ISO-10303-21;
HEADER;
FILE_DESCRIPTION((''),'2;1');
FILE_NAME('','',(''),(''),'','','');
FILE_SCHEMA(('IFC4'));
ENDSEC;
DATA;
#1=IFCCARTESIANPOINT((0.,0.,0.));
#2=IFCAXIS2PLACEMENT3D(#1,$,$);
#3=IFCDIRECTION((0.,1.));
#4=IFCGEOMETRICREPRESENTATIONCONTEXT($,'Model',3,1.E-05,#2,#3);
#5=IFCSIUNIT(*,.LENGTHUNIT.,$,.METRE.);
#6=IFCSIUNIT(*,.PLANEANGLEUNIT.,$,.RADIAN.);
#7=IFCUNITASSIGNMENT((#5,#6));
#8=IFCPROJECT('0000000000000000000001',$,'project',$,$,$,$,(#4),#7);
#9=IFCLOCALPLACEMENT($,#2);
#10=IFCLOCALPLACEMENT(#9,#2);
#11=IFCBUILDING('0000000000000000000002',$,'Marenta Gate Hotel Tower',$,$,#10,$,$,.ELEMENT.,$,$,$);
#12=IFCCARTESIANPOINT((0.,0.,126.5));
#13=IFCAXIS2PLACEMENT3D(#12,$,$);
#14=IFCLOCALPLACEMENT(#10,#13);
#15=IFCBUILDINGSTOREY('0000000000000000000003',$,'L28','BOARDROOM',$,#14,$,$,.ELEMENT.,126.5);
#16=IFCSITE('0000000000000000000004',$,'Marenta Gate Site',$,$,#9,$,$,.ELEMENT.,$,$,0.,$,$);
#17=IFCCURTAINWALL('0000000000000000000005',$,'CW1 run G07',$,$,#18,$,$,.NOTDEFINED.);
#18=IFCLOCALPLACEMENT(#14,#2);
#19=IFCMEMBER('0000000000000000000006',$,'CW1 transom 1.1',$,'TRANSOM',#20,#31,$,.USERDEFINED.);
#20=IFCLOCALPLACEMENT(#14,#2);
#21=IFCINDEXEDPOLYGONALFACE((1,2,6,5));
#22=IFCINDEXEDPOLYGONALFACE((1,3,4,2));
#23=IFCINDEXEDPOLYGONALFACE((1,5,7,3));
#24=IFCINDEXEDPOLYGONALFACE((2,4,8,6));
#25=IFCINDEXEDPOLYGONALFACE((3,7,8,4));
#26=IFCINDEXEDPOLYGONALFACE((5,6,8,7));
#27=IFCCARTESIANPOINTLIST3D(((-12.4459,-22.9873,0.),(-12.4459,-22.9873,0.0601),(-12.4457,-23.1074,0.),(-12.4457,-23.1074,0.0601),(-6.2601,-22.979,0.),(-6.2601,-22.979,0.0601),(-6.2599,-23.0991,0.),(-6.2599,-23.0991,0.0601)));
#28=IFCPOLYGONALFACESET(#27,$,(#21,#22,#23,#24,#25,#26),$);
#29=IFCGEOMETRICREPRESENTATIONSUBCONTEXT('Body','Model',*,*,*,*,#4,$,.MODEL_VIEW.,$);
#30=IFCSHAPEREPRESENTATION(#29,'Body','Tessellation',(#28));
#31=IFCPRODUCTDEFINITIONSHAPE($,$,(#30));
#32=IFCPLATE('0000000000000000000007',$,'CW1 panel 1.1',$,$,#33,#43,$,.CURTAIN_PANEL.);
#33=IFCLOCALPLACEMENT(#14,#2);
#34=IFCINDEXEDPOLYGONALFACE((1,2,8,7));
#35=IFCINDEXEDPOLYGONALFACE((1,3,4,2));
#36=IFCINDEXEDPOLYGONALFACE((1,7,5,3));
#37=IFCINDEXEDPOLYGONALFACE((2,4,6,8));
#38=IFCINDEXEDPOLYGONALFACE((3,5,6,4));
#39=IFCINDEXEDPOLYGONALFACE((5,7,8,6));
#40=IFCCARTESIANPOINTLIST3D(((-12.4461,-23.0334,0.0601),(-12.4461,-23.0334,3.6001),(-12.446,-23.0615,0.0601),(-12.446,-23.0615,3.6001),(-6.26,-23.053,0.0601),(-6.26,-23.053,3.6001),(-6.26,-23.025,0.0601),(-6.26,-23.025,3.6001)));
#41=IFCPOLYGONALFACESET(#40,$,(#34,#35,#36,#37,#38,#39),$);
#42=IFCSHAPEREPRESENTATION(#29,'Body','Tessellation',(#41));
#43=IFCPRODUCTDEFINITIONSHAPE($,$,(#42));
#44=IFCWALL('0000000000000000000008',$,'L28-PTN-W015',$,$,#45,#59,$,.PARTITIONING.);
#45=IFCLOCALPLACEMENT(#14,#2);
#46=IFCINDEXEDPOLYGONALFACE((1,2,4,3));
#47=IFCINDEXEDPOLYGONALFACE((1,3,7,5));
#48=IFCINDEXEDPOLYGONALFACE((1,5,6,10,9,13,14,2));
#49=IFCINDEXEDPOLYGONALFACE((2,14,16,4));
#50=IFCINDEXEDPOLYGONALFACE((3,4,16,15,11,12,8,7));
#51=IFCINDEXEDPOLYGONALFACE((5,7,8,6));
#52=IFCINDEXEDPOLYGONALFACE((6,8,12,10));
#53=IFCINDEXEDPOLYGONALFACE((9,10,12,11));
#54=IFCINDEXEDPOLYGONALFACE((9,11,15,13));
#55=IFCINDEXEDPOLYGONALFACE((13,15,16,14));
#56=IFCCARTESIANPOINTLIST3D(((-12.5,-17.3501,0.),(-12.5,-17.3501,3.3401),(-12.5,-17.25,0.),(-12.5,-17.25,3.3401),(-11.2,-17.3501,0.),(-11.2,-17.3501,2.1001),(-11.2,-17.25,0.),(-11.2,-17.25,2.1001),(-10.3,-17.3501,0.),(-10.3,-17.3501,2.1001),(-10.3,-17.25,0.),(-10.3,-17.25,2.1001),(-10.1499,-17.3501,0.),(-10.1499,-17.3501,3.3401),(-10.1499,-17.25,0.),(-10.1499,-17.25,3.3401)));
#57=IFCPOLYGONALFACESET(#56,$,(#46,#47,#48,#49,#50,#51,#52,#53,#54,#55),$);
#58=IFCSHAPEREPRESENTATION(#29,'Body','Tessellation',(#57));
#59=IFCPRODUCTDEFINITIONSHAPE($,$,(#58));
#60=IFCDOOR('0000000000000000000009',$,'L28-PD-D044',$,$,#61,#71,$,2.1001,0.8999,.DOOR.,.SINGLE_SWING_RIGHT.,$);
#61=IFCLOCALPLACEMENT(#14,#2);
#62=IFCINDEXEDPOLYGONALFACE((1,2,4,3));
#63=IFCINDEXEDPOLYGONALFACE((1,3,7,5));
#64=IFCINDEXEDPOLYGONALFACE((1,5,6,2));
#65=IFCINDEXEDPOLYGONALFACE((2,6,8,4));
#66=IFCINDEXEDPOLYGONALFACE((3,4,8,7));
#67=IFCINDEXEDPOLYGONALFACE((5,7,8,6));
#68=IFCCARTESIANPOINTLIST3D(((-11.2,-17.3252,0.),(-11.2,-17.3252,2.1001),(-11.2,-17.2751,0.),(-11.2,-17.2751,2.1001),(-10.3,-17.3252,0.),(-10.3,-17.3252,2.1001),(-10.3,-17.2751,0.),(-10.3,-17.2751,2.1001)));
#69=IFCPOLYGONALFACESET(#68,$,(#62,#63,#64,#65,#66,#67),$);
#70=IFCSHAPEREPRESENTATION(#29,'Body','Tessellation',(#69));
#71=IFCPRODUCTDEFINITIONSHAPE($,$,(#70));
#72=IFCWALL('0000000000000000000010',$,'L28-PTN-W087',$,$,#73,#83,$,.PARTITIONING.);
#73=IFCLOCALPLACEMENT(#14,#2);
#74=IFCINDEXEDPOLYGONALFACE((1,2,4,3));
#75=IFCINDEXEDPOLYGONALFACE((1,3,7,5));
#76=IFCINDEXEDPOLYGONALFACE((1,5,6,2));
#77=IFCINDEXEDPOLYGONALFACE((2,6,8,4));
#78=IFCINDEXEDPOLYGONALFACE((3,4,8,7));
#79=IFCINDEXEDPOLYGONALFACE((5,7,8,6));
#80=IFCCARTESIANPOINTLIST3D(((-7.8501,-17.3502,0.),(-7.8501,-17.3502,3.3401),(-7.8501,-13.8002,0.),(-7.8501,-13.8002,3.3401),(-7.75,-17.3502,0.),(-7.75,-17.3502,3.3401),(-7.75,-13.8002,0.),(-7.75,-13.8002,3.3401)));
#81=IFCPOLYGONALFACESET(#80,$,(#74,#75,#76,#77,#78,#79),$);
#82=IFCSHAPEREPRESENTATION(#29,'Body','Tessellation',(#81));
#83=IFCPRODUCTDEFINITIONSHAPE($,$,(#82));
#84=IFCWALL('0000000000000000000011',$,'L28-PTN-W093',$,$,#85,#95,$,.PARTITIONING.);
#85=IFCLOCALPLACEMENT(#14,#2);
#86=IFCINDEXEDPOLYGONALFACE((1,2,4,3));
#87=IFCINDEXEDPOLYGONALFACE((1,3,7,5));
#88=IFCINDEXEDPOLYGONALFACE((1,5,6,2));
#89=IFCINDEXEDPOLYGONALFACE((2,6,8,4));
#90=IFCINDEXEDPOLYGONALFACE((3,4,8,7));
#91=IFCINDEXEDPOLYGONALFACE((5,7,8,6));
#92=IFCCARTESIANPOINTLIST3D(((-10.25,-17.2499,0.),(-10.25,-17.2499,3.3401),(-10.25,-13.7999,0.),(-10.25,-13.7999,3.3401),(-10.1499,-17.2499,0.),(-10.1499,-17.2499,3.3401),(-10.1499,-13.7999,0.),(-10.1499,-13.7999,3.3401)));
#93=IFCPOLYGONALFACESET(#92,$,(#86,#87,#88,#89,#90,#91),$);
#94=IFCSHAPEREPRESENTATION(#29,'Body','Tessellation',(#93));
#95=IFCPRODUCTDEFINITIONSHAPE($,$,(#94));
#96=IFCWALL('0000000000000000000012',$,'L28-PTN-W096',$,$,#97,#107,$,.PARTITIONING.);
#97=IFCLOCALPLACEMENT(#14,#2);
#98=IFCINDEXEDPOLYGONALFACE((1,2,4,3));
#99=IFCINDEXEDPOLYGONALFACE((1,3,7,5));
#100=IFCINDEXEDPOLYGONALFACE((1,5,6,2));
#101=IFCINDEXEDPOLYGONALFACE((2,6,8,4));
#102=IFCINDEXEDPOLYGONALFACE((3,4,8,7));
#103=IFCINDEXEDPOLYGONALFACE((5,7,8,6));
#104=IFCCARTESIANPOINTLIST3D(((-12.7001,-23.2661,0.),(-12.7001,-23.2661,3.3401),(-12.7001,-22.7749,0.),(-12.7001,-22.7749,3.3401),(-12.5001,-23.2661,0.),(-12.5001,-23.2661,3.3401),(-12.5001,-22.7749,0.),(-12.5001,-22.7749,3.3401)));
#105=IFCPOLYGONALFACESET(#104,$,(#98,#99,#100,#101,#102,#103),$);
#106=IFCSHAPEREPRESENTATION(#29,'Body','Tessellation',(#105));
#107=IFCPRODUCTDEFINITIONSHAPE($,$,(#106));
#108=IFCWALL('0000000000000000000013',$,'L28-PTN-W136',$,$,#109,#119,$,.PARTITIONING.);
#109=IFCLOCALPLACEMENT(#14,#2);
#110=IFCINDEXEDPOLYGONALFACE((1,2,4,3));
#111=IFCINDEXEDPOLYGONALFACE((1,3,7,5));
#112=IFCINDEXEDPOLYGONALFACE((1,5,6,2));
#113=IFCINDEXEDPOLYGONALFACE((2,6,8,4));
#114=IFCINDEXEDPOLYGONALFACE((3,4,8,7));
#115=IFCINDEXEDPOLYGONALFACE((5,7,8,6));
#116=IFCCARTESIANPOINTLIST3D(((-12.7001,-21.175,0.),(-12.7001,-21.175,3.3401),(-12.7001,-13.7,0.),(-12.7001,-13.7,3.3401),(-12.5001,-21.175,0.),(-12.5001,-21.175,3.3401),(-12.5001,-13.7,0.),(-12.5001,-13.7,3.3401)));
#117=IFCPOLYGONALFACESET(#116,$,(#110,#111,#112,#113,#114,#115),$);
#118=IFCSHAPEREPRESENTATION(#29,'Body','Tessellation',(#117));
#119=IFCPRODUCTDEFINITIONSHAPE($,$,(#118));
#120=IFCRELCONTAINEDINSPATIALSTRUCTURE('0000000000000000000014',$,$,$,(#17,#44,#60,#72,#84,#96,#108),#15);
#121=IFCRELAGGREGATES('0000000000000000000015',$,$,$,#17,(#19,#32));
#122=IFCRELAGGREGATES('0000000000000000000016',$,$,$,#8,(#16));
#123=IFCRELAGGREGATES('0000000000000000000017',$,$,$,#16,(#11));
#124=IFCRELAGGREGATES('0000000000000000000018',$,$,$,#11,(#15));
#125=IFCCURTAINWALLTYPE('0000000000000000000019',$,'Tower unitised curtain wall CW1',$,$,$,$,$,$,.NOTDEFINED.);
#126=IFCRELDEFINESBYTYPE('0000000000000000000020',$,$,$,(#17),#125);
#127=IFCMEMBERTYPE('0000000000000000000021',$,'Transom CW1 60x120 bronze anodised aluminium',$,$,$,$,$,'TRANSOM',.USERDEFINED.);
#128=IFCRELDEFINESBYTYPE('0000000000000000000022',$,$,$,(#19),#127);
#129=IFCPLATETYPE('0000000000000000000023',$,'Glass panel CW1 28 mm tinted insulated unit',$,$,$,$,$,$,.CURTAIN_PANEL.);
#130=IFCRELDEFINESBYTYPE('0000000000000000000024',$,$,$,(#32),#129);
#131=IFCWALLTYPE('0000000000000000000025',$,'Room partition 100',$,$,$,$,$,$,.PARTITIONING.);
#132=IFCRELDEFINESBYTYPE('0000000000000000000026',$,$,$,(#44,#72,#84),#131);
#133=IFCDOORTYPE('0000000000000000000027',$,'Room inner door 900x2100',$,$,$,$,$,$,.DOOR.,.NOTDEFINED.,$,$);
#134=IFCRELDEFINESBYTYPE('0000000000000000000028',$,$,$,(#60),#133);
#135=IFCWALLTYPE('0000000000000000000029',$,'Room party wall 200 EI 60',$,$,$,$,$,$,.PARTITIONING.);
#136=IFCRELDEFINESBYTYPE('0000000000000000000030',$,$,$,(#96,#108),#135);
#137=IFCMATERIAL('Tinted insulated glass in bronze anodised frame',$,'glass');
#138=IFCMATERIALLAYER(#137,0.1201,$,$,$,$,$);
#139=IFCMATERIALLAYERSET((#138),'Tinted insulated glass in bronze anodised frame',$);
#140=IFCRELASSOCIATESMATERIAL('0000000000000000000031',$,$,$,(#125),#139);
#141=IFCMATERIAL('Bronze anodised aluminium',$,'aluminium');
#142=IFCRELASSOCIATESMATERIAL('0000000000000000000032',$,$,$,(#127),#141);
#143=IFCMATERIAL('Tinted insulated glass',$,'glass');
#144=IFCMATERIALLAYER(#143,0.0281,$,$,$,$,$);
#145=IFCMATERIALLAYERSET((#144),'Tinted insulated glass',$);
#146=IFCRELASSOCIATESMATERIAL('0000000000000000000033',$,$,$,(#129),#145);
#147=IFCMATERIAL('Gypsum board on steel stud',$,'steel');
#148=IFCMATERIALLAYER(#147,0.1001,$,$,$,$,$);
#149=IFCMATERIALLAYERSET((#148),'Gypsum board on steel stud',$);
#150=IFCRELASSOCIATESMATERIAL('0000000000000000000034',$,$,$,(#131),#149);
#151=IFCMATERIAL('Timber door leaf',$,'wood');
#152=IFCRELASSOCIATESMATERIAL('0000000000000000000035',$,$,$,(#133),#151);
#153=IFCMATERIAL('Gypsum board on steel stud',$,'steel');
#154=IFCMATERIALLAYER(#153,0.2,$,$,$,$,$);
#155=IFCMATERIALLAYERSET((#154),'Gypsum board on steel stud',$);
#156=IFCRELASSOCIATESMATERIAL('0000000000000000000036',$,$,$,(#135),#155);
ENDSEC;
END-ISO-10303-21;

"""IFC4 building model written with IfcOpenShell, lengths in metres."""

from ifc_helpers import new_model, si_unit, direction, frame, frame_2d, origin, origin_2d, place, context, subcontext, project, spatial, rectangle, extrude, material, layer, layer_set, material_profile, profile_set, type_object, element, fill, aggregate, save


model = new_model("IFC4")

# Units and contexts
model_context = context("Model", 3, precision=1e-05, world=origin(), true_north=direction((0.0, 1.0)))
body_context = subcontext(model_context, "Body", "Model", "MODEL_VIEW")
ifc_project = project(units=[si_unit("LENGTHUNIT", "METRE"), si_unit("PLANEANGLEUNIT", "RADIAN")], contexts=[model_context])

# Site, building, storey
site_placement = place(None, origin())
site = spatial("IfcSite", under=ifc_project, at=site_placement, Name="Marenta Gate Site", CompositionType="ELEMENT", RefElevation=0.0)
building_placement = place(site_placement, origin())
building = spatial("IfcBuilding", under=site, at=building_placement, Name="Marenta Gate Hotel Tower", CompositionType="ELEMENT")
storey_placement = place(building_placement, frame((0.0, 0.0, 126.5)))
storey = spatial("IfcBuildingStorey", under=building, at=storey_placement, Name="L28", Description="BOARDROOM", CompositionType="ELEMENT", Elevation=126.5)

# Curtain wall, member, plate
ifc_material_1 = material(Name="Tinted insulated glass in bronze anodised frame", Category="glass")
ifc_layer_1 = layer(ifc_material_1, 0.1201)
ifc_layer_set_1 = layer_set([ifc_layer_1], Name="Tinted insulated glass in bronze anodised frame")
curtain_wall_type = type_object("IfcCurtainWallType", Name="Tower unitised curtain wall CW1", PredefinedType="NOTDEFINED", material=ifc_layer_set_1)
curtain_wall_placement = place(storey_placement, origin())
curtain_wall = element("IfcCurtainWall", 1, at=curtain_wall_placement, inside=storey, type_object=curtain_wall_type, Name="CW1 run G07", PredefinedType="NOTDEFINED")
ifc_material_2 = material(Name="Bronze anodised aluminium", Category="aluminium")
ifc_material_profile_1 = material_profile(ifc_material_2, rectangle(XDim=0.1201, YDim=0.0601, at=origin_2d()), Name="Transom CW1 60x120 bronze anodised aluminium")
ifc_profile_set_1 = profile_set([ifc_material_profile_1], Name="Bronze anodised aluminium")
member_type_1 = type_object("IfcMemberType", Name="Transom CW1 60x120 bronze anodised aluminium", ElementType="TRANSOM", PredefinedType="USERDEFINED", material=ifc_profile_set_1)
member_1_placement = place(storey_placement, frame((-12.4458, -23.0474, 0.03), z_axis=(0.999999, 0.001342, 0.0), x_axis=(-0.001342, 0.999999, 0.0)))
member_1 = element("IfcMember", 2, at=member_1_placement, type_object=member_type_1, Name="CW1 transom 1.1", ObjectType="TRANSOM", PredefinedType="USERDEFINED", context=body_context, shape_type="SweptSolid", body=[
    extrude(rectangle(XDim=0.1201, YDim=0.0601, at=origin_2d()), origin(), (0.0, 0.0, 1.0), 6.1858),
])
ifc_material_3 = material(Name="Tinted insulated glass", Category="glass")
ifc_layer_2 = layer(ifc_material_3, 0.0281)
ifc_layer_set_2 = layer_set([ifc_layer_2], Name="Tinted insulated glass")
plate_type = type_object("IfcPlateType", Name="Glass panel CW1 28 mm tinted insulated unit", PredefinedType="CURTAIN_PANEL", material=ifc_layer_set_2)
plate_placement = place(storey_placement, frame((-9.353, -23.0432, 0.0601), z_axis=(0.0, 0.0, 1.0), x_axis=(0.999999, 0.001362, 0.0)))
plate = element("IfcPlate", 3, at=plate_placement, type_object=plate_type, Name="CW1 panel 1.1", PredefinedType="CURTAIN_PANEL", context=body_context, shape_type="SweptSolid", body=[
    extrude(rectangle(XDim=6.186, YDim=0.0281, at=origin_2d()), origin(), (0.0, 0.0, 1.0), 3.54),
])
aggregate(curtain_wall, [member_1, plate])

# Wall, opening, door
ifc_material_4 = material(Name="Gypsum board on steel stud", Category="steel")
ifc_layer_3 = layer(ifc_material_4, 0.1001)
ifc_layer_set_3 = layer_set([ifc_layer_3], Name="Gypsum board on steel stud")
wall_type_1 = type_object("IfcWallType", Name="Room partition 100", PredefinedType="PARTITIONING", material=ifc_layer_set_3)
wall_1_placement = place(storey_placement, frame((-12.5, -17.3, 0.0), z_axis=(0.0, 0.0, 1.0), x_axis=(1.0, 0.0, 0.0)))
wall_1 = element("IfcWall", 4, at=wall_1_placement, inside=storey, type_object=wall_type_1, Name="L28-PTN-W015", PredefinedType="PARTITIONING", context=body_context, shape_type="SweptSolid", body=[
    extrude(rectangle(XDim=2.3501, YDim=0.1001, at=frame_2d((1.175, 0.0))), origin(), (0.0, 0.0, 1.0), 3.3401),
])
opening_1_placement = place(wall_1_placement, frame((1.3, 0.0, 0.0)))
opening_1 = element("IfcOpeningElement", 5, at=opening_1_placement, cuts=wall_1, PredefinedType="OPENING", context=body_context, shape_type="SweptSolid", body=[
    extrude(rectangle(XDim=0.8999, YDim=2.1001, at=frame_2d((0.45, 1.05))), frame((0.0, 0.05, 0.0), z_axis=(0.0, -1.0, 0.0), x_axis=(1.0, 0.0, 0.0)), (0.0, 0.0, 1.0), 0.1001),
])
ifc_material_5 = material(Name="Timber door leaf", Category="wood")
door_type_1 = type_object("IfcDoorType", Name="Room inner door 900x2100", OperationType="NOTDEFINED", PredefinedType="DOOR", material=ifc_material_5)
door_1_placement = place(opening_1_placement, origin())
door_1 = element("IfcDoor", 6, at=door_1_placement, inside=storey, type_object=door_type_1, Name="L28-PD-D044", OperationType="SINGLE_SWING_RIGHT", OverallHeight=2.1001, OverallWidth=0.8999, PredefinedType="DOOR", context=body_context, shape_type="SweptSolid", body=[
    extrude(rectangle(XDim=0.8999, YDim=2.1001, at=frame_2d((0.45, 1.05))), frame((0.0, 0.0249, 0.0), z_axis=(0.0, -1.0, 0.0), x_axis=(1.0, 0.0, 0.0)), (0.0, 0.0, 1.0), 0.05),
])
fill(opening_1, door_1)

# Walls
wall_2_placement = place(storey_placement, frame((-7.8, -17.3501, 0.0), z_axis=(0.0, 0.0, 1.0), x_axis=(0.0, 1.0, 0.0)))
element("IfcWall", 7, at=wall_2_placement, inside=storey, type_object=wall_type_1, Name="L28-PTN-W087", PredefinedType="PARTITIONING", context=body_context, shape_type="SweptSolid", body=[
    extrude(rectangle(XDim=3.55, YDim=0.1001, at=frame_2d((1.7749, 0.0))), origin(), (0.0, 0.0, 1.0), 3.3401),
])
wall_3_placement = place(storey_placement, frame((-10.2, -17.25, 0.0), z_axis=(0.0, 0.0, 1.0), x_axis=(0.0, 1.0, 0.0)))
element("IfcWall", 8, at=wall_3_placement, inside=storey, type_object=wall_type_1, Name="L28-PTN-W093", PredefinedType="PARTITIONING", context=body_context, shape_type="SweptSolid", body=[
    extrude(rectangle(XDim=3.45, YDim=0.1001, at=frame_2d((1.7251, 0.0))), origin(), (0.0, 0.0, 1.0), 3.3401),
])
ifc_material_6 = material(Name="Gypsum board on steel stud", Category="steel")
ifc_layer_4 = layer(ifc_material_6, 0.2)
ifc_layer_set_4 = layer_set([ifc_layer_4], Name="Gypsum board on steel stud")
wall_type_2 = type_object("IfcWallType", Name="Room party wall 200 EI 60", PredefinedType="PARTITIONING", material=ifc_layer_set_4)
wall_4_placement = place(storey_placement, frame((-12.6001, -23.2661, 0.0), z_axis=(0.0, 0.0, 1.0), x_axis=(0.0, 1.0, 0.0)))
element("IfcWall", 9, at=wall_4_placement, inside=storey, type_object=wall_type_2, Name="L28-PTN-W096", PredefinedType="PARTITIONING", context=body_context, shape_type="SweptSolid", body=[
    extrude(rectangle(XDim=0.4912, YDim=0.2, at=frame_2d((0.2456, 0.0))), origin(), (0.0, 0.0, 1.0), 3.3401),
])
wall_5_placement = place(storey_placement, frame((-12.6001, -21.175, 0.0), z_axis=(0.0, 0.0, 1.0), x_axis=(0.0, 1.0, 0.0)))
element("IfcWall", 10, at=wall_5_placement, inside=storey, type_object=wall_type_2, Name="L28-PTN-W136", PredefinedType="PARTITIONING", context=body_context, shape_type="SweptSolid", body=[
    extrude(rectangle(XDim=7.4751, YDim=0.2, at=frame_2d((3.7375, 0.0))), origin(), (0.0, 0.0, 1.0), 3.3401),
])

save(model, "model.ifc")
